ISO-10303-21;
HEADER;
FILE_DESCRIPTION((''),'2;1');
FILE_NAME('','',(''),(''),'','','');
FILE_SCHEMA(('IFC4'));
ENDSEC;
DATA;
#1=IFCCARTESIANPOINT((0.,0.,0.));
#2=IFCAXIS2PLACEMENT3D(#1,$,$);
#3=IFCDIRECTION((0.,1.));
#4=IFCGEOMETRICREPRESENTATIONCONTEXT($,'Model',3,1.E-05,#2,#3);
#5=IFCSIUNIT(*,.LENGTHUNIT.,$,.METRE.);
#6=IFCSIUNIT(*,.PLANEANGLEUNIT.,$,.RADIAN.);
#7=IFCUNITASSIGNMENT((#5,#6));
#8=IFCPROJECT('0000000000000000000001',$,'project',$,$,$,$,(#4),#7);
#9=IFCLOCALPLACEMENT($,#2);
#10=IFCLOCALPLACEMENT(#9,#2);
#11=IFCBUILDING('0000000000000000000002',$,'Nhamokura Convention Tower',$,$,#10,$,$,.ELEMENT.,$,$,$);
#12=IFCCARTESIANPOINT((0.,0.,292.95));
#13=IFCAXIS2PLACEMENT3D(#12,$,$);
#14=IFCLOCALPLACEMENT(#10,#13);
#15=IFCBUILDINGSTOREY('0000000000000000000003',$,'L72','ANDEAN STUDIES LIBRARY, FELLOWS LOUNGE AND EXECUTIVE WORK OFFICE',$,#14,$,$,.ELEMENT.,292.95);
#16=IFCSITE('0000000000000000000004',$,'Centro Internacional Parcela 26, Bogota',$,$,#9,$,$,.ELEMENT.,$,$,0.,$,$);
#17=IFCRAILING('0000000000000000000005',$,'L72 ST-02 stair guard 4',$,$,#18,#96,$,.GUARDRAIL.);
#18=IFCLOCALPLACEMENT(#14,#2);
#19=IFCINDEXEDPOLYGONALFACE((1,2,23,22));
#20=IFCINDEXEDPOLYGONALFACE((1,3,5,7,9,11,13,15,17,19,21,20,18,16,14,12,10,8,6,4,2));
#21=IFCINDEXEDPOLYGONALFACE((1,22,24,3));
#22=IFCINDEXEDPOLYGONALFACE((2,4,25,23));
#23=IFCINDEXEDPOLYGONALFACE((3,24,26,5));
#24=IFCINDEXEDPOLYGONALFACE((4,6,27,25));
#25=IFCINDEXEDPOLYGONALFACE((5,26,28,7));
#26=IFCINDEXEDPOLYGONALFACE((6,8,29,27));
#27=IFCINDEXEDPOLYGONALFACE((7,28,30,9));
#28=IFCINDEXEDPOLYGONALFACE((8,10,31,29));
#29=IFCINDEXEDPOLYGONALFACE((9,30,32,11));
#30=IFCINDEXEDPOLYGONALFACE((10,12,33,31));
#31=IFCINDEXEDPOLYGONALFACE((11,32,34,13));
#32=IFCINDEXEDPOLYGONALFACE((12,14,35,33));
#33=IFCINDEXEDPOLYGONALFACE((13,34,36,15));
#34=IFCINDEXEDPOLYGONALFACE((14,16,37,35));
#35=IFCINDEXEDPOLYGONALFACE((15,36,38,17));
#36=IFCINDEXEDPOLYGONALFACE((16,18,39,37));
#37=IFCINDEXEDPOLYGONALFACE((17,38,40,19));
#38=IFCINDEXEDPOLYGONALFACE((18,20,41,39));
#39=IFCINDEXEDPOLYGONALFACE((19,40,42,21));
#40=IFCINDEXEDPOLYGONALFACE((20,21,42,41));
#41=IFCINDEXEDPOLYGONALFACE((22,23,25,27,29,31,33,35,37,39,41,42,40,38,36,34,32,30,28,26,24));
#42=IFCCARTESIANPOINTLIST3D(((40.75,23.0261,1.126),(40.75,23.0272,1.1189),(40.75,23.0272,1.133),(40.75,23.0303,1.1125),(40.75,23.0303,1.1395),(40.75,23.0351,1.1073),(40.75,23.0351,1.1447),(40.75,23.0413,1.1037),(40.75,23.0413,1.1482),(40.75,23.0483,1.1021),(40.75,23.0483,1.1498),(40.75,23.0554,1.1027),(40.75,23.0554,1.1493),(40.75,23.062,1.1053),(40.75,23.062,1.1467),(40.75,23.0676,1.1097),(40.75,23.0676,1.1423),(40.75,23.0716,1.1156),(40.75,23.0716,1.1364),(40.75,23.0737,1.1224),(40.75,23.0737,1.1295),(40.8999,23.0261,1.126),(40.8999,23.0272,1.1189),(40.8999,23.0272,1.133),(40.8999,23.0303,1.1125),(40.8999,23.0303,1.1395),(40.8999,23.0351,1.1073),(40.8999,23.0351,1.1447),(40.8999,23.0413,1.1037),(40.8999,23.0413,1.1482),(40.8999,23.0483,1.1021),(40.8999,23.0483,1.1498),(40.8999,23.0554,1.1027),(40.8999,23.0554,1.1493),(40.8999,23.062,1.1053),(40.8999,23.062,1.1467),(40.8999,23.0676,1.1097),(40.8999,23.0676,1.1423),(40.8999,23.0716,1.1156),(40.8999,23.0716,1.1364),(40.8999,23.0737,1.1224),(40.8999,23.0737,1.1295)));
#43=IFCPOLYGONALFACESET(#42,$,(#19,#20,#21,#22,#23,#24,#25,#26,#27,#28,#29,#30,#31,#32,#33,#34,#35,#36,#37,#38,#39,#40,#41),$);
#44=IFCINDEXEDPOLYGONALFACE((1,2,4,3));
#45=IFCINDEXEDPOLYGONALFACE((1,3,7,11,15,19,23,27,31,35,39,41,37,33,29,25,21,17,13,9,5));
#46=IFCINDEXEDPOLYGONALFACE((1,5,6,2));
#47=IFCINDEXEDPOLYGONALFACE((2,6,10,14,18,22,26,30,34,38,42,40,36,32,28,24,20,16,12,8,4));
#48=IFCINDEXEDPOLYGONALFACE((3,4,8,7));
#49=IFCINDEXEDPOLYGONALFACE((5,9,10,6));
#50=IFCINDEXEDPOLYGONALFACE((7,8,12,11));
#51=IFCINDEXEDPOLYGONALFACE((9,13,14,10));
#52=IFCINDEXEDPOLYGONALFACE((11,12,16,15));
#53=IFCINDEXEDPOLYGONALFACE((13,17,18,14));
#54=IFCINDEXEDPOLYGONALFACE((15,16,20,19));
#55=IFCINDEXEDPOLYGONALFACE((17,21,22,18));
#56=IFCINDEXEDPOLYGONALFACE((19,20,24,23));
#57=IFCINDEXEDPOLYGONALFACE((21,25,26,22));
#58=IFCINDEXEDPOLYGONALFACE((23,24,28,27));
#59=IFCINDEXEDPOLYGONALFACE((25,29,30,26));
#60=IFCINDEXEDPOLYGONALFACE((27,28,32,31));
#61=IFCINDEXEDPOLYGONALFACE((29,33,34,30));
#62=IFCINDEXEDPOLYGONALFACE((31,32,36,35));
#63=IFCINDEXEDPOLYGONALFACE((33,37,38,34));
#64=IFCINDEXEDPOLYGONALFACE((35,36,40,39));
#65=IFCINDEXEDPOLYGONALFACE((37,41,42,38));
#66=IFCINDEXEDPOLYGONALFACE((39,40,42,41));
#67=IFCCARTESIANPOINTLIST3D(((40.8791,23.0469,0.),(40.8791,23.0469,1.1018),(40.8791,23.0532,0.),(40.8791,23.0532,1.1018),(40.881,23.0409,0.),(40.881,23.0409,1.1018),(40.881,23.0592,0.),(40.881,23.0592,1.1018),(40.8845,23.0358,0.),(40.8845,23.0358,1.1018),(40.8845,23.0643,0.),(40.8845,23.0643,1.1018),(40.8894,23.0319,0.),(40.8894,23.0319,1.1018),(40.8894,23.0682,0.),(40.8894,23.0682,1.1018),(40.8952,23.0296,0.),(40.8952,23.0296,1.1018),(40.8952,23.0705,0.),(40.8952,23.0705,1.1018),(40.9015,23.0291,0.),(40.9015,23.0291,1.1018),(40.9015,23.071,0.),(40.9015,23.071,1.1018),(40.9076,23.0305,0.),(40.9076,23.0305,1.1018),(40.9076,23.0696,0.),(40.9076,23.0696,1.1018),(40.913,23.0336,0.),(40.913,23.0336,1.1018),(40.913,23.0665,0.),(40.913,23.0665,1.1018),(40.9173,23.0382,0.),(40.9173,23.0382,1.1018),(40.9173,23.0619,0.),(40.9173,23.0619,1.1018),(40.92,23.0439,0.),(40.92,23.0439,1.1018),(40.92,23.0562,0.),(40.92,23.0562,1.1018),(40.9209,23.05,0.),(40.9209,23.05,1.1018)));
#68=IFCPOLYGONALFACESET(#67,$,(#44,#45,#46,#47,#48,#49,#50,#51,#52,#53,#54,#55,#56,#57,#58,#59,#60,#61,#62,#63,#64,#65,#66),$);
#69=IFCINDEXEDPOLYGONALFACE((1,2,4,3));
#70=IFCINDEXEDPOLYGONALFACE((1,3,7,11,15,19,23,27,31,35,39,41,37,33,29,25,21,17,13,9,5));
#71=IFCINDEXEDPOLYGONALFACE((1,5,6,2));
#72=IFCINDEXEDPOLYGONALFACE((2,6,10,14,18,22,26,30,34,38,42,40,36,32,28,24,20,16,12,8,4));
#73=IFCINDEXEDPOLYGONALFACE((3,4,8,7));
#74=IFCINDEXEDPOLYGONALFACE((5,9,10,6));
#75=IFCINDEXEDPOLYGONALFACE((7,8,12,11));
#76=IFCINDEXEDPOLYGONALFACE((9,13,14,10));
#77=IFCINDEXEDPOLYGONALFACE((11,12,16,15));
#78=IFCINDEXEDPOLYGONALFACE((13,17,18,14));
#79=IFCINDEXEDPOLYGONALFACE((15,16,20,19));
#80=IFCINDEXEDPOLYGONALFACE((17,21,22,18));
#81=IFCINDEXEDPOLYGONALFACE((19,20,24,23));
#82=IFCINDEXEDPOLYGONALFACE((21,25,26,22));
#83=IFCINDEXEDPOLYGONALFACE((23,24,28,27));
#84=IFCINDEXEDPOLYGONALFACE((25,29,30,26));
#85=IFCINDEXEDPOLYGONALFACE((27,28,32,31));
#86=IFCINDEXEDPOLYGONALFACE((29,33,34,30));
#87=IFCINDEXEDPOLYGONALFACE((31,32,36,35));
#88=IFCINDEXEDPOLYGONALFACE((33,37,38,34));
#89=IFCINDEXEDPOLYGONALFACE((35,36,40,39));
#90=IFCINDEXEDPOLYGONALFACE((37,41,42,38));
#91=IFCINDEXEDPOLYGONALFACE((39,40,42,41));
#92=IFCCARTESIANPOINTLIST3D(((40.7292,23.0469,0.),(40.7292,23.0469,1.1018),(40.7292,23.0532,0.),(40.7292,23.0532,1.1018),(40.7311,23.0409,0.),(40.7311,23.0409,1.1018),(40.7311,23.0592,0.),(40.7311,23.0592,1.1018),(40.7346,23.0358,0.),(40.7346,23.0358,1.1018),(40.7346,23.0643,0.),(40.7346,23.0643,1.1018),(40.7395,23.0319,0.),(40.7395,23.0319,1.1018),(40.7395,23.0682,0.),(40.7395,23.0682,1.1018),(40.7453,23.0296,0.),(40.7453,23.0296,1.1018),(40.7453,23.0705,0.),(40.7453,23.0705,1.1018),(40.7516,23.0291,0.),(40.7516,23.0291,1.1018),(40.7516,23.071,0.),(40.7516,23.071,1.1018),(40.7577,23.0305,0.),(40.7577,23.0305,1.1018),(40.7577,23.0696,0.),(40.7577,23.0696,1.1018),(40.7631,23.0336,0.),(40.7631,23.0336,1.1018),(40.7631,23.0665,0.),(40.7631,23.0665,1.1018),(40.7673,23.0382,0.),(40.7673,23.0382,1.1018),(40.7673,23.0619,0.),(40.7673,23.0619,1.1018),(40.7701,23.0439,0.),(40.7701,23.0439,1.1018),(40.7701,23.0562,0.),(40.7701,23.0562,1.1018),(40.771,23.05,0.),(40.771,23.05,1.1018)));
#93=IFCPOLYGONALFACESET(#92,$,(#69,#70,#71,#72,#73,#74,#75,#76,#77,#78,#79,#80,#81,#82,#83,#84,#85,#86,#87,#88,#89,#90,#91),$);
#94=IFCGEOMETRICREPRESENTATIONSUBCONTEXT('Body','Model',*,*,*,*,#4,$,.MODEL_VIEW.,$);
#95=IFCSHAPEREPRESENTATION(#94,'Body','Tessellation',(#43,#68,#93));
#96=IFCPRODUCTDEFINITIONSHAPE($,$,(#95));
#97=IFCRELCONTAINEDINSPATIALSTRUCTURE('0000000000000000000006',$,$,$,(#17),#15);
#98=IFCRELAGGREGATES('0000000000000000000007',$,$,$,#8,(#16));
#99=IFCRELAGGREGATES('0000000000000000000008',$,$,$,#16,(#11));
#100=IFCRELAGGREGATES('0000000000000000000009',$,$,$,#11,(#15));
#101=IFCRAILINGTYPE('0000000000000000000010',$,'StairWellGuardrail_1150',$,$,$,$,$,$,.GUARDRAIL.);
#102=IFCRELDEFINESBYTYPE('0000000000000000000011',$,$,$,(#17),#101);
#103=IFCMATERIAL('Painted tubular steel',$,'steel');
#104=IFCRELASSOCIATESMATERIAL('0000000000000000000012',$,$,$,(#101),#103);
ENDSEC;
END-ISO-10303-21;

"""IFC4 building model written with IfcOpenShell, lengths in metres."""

from ifc_helpers import new_model, si_unit, direction, frame, origin, origin_2d, place, context, subcontext, project, spatial, circle, extrude, material, type_object, element, save


model = new_model("IFC4")

# Units and contexts
model_context = context("Model", 3, precision=1e-05, world=origin(), true_north=direction((0.0, 1.0)))
body_context = subcontext(model_context, "Body", "Model", "MODEL_VIEW")
ifc_project = project(units=[si_unit("LENGTHUNIT", "METRE"), si_unit("PLANEANGLEUNIT", "RADIAN")], contexts=[model_context])

# Site, building, storey
site_placement = place(None, origin())
site = spatial("IfcSite", under=ifc_project, at=site_placement, Name="Centro Internacional Parcela 26, Bogota", CompositionType="ELEMENT", RefElevation=0.0)
building_placement = place(site_placement, origin())
building = spatial("IfcBuilding", under=site, at=building_placement, Name="Nhamokura Convention Tower", CompositionType="ELEMENT")
storey_placement = place(building_placement, frame((0.0, 0.0, 292.95)))
storey = spatial("IfcBuildingStorey", under=building, at=storey_placement, Name="L72", Description="ANDEAN STUDIES LIBRARY, FELLOWS LOUNGE AND EXECUTIVE WORK OFFICE", CompositionType="ELEMENT", Elevation=292.95)

# Railing
ifc_material_1 = material(Name="Painted tubular steel", Category="steel")
railing_type_1 = type_object("IfcRailingType", Name="StairWellGuardrail_1150", PredefinedType="GUARDRAIL", material=ifc_material_1)
railing_1_placement = place(storey_placement, frame((40.8999, 23.05, 0.0)))
element("IfcRailing", 1, at=railing_1_placement, inside=storey, type_object=railing_type_1, Name="L72 ST-02 stair guard 4", PredefinedType="GUARDRAIL", context=body_context, shape_type="SweptSolid", body=[
    extrude(circle(Radius=0.0239, at=origin_2d()), frame((0.0, 0.0, 1.126), z_axis=(-1.0, 0.0, 0.0), x_axis=(0.0, -1.0, 0.0)), (0.0, 0.0, 1.0), 0.1499),
    extrude(circle(Radius=0.021, at=origin_2d()), origin(), (0.0, 0.0, 1.0), 1.1018),
    extrude(circle(Radius=0.021, at=origin_2d()), frame((-0.1499, 0.0, 0.0)), (0.0, 0.0, 1.0), 1.1018),
])

save(model, "model.ifc")
